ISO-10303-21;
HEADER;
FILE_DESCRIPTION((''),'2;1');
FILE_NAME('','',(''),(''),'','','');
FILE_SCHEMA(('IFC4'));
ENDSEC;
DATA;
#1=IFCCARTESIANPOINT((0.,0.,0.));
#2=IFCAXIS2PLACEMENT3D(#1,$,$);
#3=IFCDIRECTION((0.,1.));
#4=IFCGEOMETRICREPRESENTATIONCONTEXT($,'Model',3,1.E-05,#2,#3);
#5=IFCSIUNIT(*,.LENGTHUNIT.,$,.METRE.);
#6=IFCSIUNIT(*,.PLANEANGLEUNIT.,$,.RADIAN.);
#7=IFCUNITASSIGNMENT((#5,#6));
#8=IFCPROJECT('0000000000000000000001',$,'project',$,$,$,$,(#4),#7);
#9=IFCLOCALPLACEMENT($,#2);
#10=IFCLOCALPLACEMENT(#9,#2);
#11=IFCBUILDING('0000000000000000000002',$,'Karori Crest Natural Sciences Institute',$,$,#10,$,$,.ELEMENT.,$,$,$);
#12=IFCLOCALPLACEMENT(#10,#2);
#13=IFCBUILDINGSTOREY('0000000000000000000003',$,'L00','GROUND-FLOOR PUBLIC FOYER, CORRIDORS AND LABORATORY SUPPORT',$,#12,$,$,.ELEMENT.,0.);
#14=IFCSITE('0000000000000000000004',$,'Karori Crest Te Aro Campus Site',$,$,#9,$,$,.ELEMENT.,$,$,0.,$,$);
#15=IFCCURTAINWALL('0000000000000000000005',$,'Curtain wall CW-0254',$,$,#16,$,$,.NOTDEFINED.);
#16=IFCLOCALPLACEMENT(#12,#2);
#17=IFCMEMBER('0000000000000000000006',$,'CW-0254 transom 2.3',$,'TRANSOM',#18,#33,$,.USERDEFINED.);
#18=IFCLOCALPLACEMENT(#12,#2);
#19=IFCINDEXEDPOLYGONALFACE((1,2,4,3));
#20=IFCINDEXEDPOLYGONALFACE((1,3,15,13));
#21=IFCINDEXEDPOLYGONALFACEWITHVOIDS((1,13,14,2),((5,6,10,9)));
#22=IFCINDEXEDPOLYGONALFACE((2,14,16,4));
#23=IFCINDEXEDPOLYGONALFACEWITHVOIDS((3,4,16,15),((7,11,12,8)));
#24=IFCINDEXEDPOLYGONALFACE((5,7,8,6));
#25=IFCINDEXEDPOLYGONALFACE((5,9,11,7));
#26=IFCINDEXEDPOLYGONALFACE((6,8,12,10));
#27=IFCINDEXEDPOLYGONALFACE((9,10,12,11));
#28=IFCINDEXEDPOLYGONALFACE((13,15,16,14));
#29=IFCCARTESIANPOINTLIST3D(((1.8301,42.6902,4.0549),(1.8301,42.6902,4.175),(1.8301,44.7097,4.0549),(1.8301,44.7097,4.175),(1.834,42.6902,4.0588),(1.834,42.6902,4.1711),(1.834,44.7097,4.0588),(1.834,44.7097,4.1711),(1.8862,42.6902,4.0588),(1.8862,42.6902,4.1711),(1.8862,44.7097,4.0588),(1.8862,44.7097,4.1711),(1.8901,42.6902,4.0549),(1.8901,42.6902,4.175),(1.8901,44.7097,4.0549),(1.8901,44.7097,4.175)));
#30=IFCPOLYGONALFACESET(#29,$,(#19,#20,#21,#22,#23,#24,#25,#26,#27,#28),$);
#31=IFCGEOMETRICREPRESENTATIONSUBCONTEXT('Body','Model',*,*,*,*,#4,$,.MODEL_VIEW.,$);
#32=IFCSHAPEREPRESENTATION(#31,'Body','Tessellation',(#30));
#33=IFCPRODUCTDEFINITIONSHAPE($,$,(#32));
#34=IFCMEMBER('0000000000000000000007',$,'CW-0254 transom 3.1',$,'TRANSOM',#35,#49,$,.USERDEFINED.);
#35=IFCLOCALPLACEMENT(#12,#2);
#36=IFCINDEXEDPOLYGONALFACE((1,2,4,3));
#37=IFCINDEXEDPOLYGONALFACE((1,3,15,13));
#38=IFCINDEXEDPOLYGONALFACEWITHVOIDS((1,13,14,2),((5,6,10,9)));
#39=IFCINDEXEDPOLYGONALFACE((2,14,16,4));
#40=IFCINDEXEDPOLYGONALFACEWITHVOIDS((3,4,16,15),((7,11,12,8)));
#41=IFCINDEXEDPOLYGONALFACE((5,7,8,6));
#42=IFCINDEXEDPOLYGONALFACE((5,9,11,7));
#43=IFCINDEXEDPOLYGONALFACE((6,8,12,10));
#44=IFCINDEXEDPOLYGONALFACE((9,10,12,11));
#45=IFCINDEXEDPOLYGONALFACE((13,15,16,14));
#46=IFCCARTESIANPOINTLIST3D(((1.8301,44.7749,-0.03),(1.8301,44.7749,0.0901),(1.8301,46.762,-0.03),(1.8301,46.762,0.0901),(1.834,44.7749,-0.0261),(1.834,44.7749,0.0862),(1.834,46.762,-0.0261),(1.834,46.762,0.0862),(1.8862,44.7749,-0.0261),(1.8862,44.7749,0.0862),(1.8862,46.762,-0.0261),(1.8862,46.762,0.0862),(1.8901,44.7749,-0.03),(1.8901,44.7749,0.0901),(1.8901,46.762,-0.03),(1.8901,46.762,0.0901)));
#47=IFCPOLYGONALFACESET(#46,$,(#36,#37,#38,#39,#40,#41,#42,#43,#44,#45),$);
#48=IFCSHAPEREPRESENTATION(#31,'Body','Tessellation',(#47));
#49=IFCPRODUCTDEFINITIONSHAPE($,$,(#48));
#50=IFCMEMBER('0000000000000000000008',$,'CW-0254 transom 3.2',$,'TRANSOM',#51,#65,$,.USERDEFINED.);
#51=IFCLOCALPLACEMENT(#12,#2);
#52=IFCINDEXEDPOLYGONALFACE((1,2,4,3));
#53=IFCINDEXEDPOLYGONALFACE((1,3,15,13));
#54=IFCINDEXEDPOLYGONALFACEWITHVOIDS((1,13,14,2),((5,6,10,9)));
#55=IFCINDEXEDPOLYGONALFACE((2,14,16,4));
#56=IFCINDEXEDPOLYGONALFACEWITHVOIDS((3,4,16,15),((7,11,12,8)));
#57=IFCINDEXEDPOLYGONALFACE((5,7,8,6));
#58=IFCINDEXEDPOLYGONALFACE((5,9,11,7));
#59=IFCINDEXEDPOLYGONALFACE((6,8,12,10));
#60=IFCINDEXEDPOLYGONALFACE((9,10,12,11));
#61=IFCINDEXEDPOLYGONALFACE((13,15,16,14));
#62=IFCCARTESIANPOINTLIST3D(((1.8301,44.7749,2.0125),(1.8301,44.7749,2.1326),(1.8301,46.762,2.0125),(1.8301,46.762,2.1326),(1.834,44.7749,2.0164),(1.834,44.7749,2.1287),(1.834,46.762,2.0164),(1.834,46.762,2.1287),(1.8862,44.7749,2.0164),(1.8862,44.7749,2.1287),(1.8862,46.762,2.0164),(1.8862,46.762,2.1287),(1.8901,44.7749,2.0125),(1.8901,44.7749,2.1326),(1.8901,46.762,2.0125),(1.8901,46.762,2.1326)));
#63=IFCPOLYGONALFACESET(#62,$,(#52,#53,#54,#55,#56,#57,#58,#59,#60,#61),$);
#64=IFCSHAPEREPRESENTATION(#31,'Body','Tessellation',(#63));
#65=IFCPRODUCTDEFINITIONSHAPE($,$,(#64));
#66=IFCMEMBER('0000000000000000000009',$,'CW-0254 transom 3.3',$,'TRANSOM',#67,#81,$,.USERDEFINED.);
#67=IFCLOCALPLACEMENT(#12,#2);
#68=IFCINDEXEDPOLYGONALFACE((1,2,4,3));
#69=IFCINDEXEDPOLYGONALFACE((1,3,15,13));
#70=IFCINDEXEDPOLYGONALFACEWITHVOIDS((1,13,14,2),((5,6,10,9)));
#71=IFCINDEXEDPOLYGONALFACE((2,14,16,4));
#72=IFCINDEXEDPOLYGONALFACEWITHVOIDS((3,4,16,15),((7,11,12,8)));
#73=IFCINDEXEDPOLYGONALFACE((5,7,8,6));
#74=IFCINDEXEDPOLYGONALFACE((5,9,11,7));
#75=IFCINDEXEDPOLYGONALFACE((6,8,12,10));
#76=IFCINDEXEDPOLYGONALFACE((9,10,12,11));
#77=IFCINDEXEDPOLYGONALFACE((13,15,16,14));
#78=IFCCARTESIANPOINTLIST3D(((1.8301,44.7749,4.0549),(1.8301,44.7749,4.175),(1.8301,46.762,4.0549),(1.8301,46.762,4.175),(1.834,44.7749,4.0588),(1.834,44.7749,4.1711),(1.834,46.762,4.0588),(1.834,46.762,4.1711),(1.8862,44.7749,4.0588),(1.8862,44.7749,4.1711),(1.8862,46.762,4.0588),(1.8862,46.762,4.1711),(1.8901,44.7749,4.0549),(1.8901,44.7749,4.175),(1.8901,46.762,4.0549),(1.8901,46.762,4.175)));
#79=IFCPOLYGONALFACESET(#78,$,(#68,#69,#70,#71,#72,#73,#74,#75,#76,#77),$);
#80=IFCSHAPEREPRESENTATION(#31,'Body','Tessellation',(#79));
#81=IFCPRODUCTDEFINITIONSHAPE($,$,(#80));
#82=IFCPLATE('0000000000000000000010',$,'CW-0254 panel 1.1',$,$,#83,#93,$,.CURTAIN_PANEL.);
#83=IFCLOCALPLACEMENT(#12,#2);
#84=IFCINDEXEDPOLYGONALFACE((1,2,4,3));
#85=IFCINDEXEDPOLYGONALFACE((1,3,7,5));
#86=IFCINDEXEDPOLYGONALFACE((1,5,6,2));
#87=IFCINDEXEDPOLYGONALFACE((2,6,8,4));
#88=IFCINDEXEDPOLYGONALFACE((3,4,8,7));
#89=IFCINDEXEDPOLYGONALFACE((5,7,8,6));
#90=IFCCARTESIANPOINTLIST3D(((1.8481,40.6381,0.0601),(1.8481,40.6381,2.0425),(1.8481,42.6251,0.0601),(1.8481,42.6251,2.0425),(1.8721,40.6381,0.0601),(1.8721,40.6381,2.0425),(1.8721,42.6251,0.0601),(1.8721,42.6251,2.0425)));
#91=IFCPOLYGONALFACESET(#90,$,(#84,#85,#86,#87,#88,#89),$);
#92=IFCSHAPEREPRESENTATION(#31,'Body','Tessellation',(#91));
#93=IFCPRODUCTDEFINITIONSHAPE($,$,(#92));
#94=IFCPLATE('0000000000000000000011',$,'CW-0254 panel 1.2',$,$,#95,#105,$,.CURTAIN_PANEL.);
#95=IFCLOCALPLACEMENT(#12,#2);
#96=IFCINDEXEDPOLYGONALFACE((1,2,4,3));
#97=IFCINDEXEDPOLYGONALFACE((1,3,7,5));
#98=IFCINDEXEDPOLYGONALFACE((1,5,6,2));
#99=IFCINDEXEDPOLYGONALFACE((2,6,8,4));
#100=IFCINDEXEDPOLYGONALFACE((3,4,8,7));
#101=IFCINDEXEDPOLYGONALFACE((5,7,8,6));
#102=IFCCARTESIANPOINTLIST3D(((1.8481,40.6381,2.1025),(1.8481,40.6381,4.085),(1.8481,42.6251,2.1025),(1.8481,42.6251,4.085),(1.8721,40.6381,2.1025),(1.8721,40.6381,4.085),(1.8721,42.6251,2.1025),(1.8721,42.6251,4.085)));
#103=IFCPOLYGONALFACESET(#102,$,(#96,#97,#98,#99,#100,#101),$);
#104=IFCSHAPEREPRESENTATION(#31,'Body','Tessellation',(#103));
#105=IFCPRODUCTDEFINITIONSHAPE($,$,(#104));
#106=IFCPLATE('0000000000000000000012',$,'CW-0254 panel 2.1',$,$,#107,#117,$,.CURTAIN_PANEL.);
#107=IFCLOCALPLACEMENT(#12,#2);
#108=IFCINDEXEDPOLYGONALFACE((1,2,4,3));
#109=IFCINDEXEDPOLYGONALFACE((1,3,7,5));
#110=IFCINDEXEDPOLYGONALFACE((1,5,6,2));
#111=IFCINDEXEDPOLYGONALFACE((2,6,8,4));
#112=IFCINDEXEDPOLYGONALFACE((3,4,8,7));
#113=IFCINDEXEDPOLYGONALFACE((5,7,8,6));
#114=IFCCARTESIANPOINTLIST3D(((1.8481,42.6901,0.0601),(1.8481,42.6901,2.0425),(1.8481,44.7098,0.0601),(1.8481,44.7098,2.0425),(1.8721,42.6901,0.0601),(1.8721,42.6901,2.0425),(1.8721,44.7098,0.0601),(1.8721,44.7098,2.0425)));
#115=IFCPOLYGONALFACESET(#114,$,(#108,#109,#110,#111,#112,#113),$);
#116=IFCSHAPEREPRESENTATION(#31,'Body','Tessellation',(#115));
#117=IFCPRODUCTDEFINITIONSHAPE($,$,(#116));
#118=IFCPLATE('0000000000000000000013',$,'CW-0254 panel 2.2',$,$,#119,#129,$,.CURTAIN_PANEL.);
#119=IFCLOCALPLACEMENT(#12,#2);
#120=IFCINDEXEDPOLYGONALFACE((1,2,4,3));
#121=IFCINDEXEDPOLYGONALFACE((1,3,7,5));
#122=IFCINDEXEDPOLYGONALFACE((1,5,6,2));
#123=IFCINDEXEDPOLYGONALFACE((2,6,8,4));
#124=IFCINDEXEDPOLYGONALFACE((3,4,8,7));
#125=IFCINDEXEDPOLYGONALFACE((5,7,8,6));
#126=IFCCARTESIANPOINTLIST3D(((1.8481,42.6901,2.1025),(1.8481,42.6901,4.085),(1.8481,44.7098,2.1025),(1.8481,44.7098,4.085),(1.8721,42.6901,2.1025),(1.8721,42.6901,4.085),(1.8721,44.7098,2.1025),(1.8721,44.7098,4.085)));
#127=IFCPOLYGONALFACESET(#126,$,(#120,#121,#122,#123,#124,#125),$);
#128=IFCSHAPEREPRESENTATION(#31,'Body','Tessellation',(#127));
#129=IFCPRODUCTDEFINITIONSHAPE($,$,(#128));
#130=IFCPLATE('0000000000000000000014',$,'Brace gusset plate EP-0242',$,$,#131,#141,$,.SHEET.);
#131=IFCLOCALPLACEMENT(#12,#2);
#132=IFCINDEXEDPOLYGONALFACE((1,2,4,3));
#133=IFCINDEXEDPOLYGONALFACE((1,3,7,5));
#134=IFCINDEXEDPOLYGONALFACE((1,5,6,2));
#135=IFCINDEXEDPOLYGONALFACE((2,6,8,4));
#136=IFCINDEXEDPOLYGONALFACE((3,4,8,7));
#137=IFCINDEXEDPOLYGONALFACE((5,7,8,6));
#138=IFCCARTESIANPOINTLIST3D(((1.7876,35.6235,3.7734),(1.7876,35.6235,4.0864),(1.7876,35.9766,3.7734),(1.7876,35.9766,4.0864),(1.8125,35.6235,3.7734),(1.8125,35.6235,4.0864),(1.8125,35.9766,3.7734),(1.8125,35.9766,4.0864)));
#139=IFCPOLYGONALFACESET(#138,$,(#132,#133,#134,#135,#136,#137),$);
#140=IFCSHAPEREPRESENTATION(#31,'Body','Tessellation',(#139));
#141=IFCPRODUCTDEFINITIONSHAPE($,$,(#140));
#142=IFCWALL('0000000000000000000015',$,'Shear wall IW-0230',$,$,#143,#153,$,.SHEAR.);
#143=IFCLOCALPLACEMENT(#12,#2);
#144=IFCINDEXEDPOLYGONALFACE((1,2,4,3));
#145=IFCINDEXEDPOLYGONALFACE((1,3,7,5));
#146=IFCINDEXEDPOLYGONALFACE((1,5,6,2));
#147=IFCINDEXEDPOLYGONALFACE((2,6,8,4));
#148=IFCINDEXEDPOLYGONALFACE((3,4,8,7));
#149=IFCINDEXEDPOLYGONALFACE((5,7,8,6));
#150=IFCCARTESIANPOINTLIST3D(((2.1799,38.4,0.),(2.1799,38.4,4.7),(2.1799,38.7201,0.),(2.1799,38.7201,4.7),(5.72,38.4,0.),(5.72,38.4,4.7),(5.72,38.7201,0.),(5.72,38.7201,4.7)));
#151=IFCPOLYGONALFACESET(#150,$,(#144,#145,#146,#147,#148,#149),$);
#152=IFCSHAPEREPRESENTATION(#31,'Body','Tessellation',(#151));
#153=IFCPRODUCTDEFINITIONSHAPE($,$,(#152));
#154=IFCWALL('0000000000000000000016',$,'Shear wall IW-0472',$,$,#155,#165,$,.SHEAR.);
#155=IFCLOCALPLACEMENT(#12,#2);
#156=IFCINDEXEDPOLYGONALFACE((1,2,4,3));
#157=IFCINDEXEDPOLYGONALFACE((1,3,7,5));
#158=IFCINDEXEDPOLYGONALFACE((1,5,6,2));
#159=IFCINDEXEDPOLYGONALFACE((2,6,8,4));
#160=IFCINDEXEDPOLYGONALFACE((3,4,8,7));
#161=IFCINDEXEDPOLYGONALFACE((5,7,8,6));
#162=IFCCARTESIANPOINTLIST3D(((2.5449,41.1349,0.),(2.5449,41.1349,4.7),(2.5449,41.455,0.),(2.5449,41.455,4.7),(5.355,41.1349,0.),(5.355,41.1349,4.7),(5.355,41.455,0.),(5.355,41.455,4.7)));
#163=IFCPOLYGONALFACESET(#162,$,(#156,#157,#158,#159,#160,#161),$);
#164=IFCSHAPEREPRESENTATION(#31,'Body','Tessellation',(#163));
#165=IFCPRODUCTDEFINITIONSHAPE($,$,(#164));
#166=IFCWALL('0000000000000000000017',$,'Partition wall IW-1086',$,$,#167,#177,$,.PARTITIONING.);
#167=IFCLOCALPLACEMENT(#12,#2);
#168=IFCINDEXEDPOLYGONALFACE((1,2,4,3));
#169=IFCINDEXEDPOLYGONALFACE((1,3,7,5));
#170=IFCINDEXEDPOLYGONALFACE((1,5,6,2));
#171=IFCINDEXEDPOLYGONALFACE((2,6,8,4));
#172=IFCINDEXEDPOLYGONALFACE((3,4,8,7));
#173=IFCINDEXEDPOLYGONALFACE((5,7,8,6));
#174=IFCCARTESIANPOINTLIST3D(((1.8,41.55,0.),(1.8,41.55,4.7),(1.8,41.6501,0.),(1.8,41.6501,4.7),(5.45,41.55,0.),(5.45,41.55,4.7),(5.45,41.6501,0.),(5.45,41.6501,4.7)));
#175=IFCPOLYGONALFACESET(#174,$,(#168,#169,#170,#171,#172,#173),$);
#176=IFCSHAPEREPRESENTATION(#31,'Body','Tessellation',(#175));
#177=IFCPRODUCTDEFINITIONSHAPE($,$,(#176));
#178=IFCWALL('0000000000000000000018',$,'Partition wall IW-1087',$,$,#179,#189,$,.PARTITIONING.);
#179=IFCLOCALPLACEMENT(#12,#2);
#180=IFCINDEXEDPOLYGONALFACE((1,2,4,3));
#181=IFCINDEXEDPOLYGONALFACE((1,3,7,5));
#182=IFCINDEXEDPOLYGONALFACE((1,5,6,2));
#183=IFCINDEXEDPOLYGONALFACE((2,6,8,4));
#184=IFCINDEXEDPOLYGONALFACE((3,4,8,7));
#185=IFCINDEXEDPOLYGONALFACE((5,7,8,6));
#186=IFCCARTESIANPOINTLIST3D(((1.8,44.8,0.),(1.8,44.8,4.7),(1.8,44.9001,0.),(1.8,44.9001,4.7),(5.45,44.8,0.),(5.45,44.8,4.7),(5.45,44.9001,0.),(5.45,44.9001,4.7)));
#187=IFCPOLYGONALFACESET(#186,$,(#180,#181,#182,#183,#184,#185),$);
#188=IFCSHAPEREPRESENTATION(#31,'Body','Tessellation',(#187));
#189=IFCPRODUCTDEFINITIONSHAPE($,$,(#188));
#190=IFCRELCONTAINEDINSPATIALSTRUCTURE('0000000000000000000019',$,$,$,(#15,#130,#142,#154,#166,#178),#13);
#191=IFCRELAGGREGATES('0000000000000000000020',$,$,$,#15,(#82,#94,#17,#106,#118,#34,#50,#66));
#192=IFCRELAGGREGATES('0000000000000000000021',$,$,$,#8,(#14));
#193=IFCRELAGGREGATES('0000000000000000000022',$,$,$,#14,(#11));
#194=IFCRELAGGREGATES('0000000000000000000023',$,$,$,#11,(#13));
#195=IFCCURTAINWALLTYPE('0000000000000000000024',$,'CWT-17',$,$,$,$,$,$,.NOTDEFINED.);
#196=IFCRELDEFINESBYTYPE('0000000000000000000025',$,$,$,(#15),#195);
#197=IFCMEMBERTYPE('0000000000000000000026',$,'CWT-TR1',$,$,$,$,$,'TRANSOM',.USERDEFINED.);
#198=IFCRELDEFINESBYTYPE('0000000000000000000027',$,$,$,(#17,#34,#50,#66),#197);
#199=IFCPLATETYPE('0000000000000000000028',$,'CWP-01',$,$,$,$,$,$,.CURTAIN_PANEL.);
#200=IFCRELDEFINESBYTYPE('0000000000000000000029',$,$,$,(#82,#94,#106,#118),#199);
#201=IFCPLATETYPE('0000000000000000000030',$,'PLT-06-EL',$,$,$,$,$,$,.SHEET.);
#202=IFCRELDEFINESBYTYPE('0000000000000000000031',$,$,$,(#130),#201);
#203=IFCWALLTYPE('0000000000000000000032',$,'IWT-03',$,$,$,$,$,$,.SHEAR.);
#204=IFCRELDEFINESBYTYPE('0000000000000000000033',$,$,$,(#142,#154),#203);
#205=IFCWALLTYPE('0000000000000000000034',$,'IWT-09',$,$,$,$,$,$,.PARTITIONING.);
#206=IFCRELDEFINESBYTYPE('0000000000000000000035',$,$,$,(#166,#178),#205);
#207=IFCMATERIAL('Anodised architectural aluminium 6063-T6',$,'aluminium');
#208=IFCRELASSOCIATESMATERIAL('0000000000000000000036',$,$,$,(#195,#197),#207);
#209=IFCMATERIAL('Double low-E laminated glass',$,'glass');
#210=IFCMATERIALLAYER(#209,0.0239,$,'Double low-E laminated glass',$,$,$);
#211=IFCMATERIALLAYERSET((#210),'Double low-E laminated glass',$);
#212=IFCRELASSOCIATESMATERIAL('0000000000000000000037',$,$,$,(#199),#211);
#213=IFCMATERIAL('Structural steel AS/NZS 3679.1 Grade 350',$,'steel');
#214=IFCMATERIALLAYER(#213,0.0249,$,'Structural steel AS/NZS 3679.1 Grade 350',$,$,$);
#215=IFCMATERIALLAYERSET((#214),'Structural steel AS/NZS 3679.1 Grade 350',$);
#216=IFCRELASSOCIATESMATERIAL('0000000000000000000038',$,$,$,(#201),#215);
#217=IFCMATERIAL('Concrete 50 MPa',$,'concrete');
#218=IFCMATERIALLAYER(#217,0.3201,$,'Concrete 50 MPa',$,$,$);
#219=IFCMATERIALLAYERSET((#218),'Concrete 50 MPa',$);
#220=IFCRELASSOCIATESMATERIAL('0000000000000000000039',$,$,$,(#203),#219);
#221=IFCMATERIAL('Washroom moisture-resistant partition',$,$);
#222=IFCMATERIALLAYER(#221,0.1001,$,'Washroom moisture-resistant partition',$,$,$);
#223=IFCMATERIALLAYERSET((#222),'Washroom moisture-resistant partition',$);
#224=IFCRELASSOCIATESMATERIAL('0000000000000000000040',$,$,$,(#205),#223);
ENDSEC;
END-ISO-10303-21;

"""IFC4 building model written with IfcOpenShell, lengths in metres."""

from ifc_helpers import new_model, si_unit, direction, frame, frame_2d, origin, origin_2d, place, context, subcontext, project, spatial, rectangle, hollow_rectangle, extrude, material, layer, layer_set, material_profile, profile_set, type_object, element, aggregate, save


model = new_model("IFC4")

# Units and contexts
model_context = context("Model", 3, precision=1e-05, world=origin(), true_north=direction((0.0, 1.0)))
body_context = subcontext(model_context, "Body", "Model", "MODEL_VIEW")
ifc_project = project(units=[si_unit("LENGTHUNIT", "METRE"), si_unit("PLANEANGLEUNIT", "RADIAN")], contexts=[model_context])

# Site, building, storey
site_placement = place(None, origin())
site = spatial("IfcSite", under=ifc_project, at=site_placement, Name="Karori Crest Te Aro Campus Site", CompositionType="ELEMENT", RefElevation=0.0)
building_placement = place(site_placement, origin())
building = spatial("IfcBuilding", under=site, at=building_placement, Name="Karori Crest Natural Sciences Institute", CompositionType="ELEMENT")
storey_placement = place(building_placement, origin())
storey = spatial("IfcBuildingStorey", under=building, at=storey_placement, Name="L00", Description="GROUND-FLOOR PUBLIC FOYER, CORRIDORS AND LABORATORY SUPPORT", CompositionType="ELEMENT", Elevation=0.0)

# Shared definitions
ifc_material_1 = material(Name="Structural steel AS/NZS 3679.1 Grade 350", Category="steel")

# Curtain wall, members, plates
ifc_material_2 = material(Name="Anodised architectural aluminium 6063-T6", Category="aluminium")
curtain_wall_type = type_object("IfcCurtainWallType", Name="CWT-17", PredefinedType="NOTDEFINED", material=ifc_material_2)
curtain_wall_placement = place(storey_placement, origin())
curtain_wall = element("IfcCurtainWall", 1, at=curtain_wall_placement, inside=storey, type_object=curtain_wall_type, Name="Curtain wall CW-0254", PredefinedType="NOTDEFINED")
ifc_material_profile_1 = material_profile(ifc_material_2, hollow_rectangle(XDim=0.0601, YDim=0.1201, WallThickness=0.0039, at=origin_2d()), Name="CWT120x60x4")
ifc_profile_set_1 = profile_set([ifc_material_profile_1], Name="Anodised architectural aluminium 6063-T6")
member_type_1 = type_object("IfcMemberType", Name="CWT-TR1", ElementType="TRANSOM", PredefinedType="USERDEFINED", material=ifc_profile_set_1)
member_1_placement = place(storey_placement, frame((1.8601, 42.6902, 4.115), z_axis=(0.0, 1.0, 0.0), x_axis=(-1.0, 0.0, 0.0)))
member_1 = element("IfcMember", 2, at=member_1_placement, type_object=member_type_1, Name="CW-0254 transom 2.3", ObjectType="TRANSOM", PredefinedType="USERDEFINED", context=body_context, shape_type="SweptSolid", body=[
    extrude(hollow_rectangle(XDim=0.0601, YDim=0.1201, WallThickness=0.0039, at=origin_2d()), origin(), (0.0, 0.0, 1.0), 2.0195),
])
member_2_placement = place(storey_placement, frame((1.8601, 44.7749, 0.03), z_axis=(0.0, 1.0, 0.0), x_axis=(-1.0, 0.0, 0.0)))
member_2 = element("IfcMember", 3, at=member_2_placement, type_object=member_type_1, Name="CW-0254 transom 3.1", ObjectType="TRANSOM", PredefinedType="USERDEFINED", context=body_context, shape_type="SweptSolid", body=[
    extrude(hollow_rectangle(XDim=0.0601, YDim=0.1201, WallThickness=0.0039, at=origin_2d()), origin(), (0.0, 0.0, 1.0), 1.9871),
])
member_3_placement = place(storey_placement, frame((1.8601, 44.7749, 2.0725), z_axis=(0.0, 1.0, 0.0), x_axis=(-1.0, 0.0, 0.0)))
member_3 = element("IfcMember", 4, at=member_3_placement, type_object=member_type_1, Name="CW-0254 transom 3.2", ObjectType="TRANSOM", PredefinedType="USERDEFINED", context=body_context, shape_type="SweptSolid", body=[
    extrude(hollow_rectangle(XDim=0.0601, YDim=0.1201, WallThickness=0.0039, at=origin_2d()), origin(), (0.0, 0.0, 1.0), 1.9871),
])
member_4_placement = place(storey_placement, frame((1.8601, 44.7749, 4.115), z_axis=(0.0, 1.0, 0.0), x_axis=(-1.0, 0.0, 0.0)))
member_4 = element("IfcMember", 5, at=member_4_placement, type_object=member_type_1, Name="CW-0254 transom 3.3", ObjectType="TRANSOM", PredefinedType="USERDEFINED", context=body_context, shape_type="SweptSolid", body=[
    extrude(hollow_rectangle(XDim=0.0601, YDim=0.1201, WallThickness=0.0039, at=origin_2d()), origin(), (0.0, 0.0, 1.0), 1.9871),
])
ifc_material_3 = material(Name="Double low-E laminated glass", Category="glass")
ifc_layer_1 = layer(ifc_material_3, 0.0239, Name="Double low-E laminated glass")
ifc_layer_set_1 = layer_set([ifc_layer_1], Name="Double low-E laminated glass")
plate_type_1 = type_object("IfcPlateType", Name="CWP-01", PredefinedType="CURTAIN_PANEL", material=ifc_layer_set_1)
plate_1_placement = place(storey_placement, frame((1.8601, 41.6316, 0.0601), z_axis=(0.0, 0.0, 1.0), x_axis=(0.0, 1.0, 0.0)))
plate_1 = element("IfcPlate", 6, at=plate_1_placement, type_object=plate_type_1, Name="CW-0254 panel 1.1", PredefinedType="CURTAIN_PANEL", context=body_context, shape_type="SweptSolid", body=[
    extrude(rectangle(XDim=1.9871, YDim=0.0239, at=origin_2d()), origin(), (0.0, 0.0, 1.0), 1.9824),
])
plate_2_placement = place(storey_placement, frame((1.8601, 41.6316, 2.1025), z_axis=(0.0, 0.0, 1.0), x_axis=(0.0, 1.0, 0.0)))
plate_2 = element("IfcPlate", 7, at=plate_2_placement, type_object=plate_type_1, Name="CW-0254 panel 1.2", PredefinedType="CURTAIN_PANEL", context=body_context, shape_type="SweptSolid", body=[
    extrude(rectangle(XDim=1.9871, YDim=0.0239, at=origin_2d()), origin(), (0.0, 0.0, 1.0), 1.9824),
])
plate_3_placement = place(storey_placement, frame((1.8601, 43.7, 0.0601), z_axis=(0.0, 0.0, 1.0), x_axis=(0.0, 1.0, 0.0)))
plate_3 = element("IfcPlate", 8, at=plate_3_placement, type_object=plate_type_1, Name="CW-0254 panel 2.1", PredefinedType="CURTAIN_PANEL", context=body_context, shape_type="SweptSolid", body=[
    extrude(rectangle(XDim=2.0198, YDim=0.0239, at=origin_2d()), origin(), (0.0, 0.0, 1.0), 1.9824),
])
plate_4_placement = place(storey_placement, frame((1.8601, 43.7, 2.1025), z_axis=(0.0, 0.0, 1.0), x_axis=(0.0, 1.0, 0.0)))
plate_4 = element("IfcPlate", 9, at=plate_4_placement, type_object=plate_type_1, Name="CW-0254 panel 2.2", PredefinedType="CURTAIN_PANEL", context=body_context, shape_type="SweptSolid", body=[
    extrude(rectangle(XDim=2.0198, YDim=0.0239, at=origin_2d()), origin(), (0.0, 0.0, 1.0), 1.9824),
])
aggregate(curtain_wall, [plate_1, plate_2, member_1, plate_3, plate_4, member_2, member_3, member_4])

# Plate
ifc_layer_2 = layer(ifc_material_1, 0.0249, Name="Structural steel AS/NZS 3679.1 Grade 350")
ifc_layer_set_2 = layer_set([ifc_layer_2], Name="Structural steel AS/NZS 3679.1 Grade 350")
plate_type_2 = type_object("IfcPlateType", Name="PLT-06-EL", PredefinedType="SHEET", material=ifc_layer_set_2)
plate_5_placement = place(storey_placement, frame((1.8, 35.8, 3.7734), z_axis=(0.0, 0.0, 1.0), x_axis=(0.0, 1.0, 0.0)))
element("IfcPlate", 10, at=plate_5_placement, inside=storey, type_object=plate_type_2, Name="Brace gusset plate EP-0242", PredefinedType="SHEET", context=body_context, shape_type="SweptSolid", body=[
    extrude(rectangle(XDim=0.353, YDim=0.0249, at=origin_2d()), origin(), (0.0, 0.0, 1.0), 0.313),
])

# Walls
ifc_material_4 = material(Name="Concrete 50 MPa", Category="concrete")
ifc_layer_3 = layer(ifc_material_4, 0.3201, Name="Concrete 50 MPa")
ifc_layer_set_3 = layer_set([ifc_layer_3], Name="Concrete 50 MPa")
wall_type_1 = type_object("IfcWallType", Name="IWT-03", PredefinedType="SHEAR", material=ifc_layer_set_3)
wall_1_placement = place(storey_placement, frame((2.1799, 38.5601, 0.0), z_axis=(0.0, 0.0, 1.0), x_axis=(1.0, 0.0, 0.0)))
element("IfcWall", 11, at=wall_1_placement, inside=storey, type_object=wall_type_1, Name="Shear wall IW-0230", PredefinedType="SHEAR", context=body_context, shape_type="SweptSolid", body=[
    extrude(rectangle(XDim=3.54, YDim=0.3201, at=frame_2d((1.77, 0.0))), origin(), (0.0, 0.0, 1.0), 4.7),
])
wall_2_placement = place(storey_placement, frame((2.5449, 41.2949, 0.0), z_axis=(0.0, 0.0, 1.0), x_axis=(1.0, 0.0, 0.0)))
element("IfcWall", 12, at=wall_2_placement, inside=storey, type_object=wall_type_1, Name="Shear wall IW-0472", PredefinedType="SHEAR", context=body_context, shape_type="SweptSolid", body=[
    extrude(rectangle(XDim=2.8101, YDim=0.3201, at=frame_2d((1.405, 0.0))), origin(), (0.0, 0.0, 1.0), 4.7),
])
ifc_material_5 = material(Name="Washroom moisture-resistant partition")
ifc_layer_4 = layer(ifc_material_5, 0.1001, Name="Washroom moisture-resistant partition")
ifc_layer_set_4 = layer_set([ifc_layer_4], Name="Washroom moisture-resistant partition")
wall_type_2 = type_object("IfcWallType", Name="IWT-09", PredefinedType="PARTITIONING", material=ifc_layer_set_4)
for number, where, z_axis, x_axis, name in (
    (13, (1.8, 41.6001, 0.0), (0.0, 0.0, 1.0), (1.0, 0.0, 0.0), "Partition wall IW-1086"),
    (14, (1.8, 44.8501, 0.0), (0.0, 0.0, 1.0), (1.0, 0.0, 0.0), "Partition wall IW-1087"),
):
    element("IfcWall", number, at=place(storey_placement, frame(where, z_axis=z_axis, x_axis=x_axis)), inside=storey, type_object=wall_type_2, Name=name, PredefinedType="PARTITIONING", context=body_context, shape_type="SweptSolid", body=[
        extrude(rectangle(XDim=3.6499, YDim=0.1001, at=frame_2d((1.825, 0.0))), origin(), (0.0, 0.0, 1.0), 4.7),
    ])

save(model, "model.ifc")
